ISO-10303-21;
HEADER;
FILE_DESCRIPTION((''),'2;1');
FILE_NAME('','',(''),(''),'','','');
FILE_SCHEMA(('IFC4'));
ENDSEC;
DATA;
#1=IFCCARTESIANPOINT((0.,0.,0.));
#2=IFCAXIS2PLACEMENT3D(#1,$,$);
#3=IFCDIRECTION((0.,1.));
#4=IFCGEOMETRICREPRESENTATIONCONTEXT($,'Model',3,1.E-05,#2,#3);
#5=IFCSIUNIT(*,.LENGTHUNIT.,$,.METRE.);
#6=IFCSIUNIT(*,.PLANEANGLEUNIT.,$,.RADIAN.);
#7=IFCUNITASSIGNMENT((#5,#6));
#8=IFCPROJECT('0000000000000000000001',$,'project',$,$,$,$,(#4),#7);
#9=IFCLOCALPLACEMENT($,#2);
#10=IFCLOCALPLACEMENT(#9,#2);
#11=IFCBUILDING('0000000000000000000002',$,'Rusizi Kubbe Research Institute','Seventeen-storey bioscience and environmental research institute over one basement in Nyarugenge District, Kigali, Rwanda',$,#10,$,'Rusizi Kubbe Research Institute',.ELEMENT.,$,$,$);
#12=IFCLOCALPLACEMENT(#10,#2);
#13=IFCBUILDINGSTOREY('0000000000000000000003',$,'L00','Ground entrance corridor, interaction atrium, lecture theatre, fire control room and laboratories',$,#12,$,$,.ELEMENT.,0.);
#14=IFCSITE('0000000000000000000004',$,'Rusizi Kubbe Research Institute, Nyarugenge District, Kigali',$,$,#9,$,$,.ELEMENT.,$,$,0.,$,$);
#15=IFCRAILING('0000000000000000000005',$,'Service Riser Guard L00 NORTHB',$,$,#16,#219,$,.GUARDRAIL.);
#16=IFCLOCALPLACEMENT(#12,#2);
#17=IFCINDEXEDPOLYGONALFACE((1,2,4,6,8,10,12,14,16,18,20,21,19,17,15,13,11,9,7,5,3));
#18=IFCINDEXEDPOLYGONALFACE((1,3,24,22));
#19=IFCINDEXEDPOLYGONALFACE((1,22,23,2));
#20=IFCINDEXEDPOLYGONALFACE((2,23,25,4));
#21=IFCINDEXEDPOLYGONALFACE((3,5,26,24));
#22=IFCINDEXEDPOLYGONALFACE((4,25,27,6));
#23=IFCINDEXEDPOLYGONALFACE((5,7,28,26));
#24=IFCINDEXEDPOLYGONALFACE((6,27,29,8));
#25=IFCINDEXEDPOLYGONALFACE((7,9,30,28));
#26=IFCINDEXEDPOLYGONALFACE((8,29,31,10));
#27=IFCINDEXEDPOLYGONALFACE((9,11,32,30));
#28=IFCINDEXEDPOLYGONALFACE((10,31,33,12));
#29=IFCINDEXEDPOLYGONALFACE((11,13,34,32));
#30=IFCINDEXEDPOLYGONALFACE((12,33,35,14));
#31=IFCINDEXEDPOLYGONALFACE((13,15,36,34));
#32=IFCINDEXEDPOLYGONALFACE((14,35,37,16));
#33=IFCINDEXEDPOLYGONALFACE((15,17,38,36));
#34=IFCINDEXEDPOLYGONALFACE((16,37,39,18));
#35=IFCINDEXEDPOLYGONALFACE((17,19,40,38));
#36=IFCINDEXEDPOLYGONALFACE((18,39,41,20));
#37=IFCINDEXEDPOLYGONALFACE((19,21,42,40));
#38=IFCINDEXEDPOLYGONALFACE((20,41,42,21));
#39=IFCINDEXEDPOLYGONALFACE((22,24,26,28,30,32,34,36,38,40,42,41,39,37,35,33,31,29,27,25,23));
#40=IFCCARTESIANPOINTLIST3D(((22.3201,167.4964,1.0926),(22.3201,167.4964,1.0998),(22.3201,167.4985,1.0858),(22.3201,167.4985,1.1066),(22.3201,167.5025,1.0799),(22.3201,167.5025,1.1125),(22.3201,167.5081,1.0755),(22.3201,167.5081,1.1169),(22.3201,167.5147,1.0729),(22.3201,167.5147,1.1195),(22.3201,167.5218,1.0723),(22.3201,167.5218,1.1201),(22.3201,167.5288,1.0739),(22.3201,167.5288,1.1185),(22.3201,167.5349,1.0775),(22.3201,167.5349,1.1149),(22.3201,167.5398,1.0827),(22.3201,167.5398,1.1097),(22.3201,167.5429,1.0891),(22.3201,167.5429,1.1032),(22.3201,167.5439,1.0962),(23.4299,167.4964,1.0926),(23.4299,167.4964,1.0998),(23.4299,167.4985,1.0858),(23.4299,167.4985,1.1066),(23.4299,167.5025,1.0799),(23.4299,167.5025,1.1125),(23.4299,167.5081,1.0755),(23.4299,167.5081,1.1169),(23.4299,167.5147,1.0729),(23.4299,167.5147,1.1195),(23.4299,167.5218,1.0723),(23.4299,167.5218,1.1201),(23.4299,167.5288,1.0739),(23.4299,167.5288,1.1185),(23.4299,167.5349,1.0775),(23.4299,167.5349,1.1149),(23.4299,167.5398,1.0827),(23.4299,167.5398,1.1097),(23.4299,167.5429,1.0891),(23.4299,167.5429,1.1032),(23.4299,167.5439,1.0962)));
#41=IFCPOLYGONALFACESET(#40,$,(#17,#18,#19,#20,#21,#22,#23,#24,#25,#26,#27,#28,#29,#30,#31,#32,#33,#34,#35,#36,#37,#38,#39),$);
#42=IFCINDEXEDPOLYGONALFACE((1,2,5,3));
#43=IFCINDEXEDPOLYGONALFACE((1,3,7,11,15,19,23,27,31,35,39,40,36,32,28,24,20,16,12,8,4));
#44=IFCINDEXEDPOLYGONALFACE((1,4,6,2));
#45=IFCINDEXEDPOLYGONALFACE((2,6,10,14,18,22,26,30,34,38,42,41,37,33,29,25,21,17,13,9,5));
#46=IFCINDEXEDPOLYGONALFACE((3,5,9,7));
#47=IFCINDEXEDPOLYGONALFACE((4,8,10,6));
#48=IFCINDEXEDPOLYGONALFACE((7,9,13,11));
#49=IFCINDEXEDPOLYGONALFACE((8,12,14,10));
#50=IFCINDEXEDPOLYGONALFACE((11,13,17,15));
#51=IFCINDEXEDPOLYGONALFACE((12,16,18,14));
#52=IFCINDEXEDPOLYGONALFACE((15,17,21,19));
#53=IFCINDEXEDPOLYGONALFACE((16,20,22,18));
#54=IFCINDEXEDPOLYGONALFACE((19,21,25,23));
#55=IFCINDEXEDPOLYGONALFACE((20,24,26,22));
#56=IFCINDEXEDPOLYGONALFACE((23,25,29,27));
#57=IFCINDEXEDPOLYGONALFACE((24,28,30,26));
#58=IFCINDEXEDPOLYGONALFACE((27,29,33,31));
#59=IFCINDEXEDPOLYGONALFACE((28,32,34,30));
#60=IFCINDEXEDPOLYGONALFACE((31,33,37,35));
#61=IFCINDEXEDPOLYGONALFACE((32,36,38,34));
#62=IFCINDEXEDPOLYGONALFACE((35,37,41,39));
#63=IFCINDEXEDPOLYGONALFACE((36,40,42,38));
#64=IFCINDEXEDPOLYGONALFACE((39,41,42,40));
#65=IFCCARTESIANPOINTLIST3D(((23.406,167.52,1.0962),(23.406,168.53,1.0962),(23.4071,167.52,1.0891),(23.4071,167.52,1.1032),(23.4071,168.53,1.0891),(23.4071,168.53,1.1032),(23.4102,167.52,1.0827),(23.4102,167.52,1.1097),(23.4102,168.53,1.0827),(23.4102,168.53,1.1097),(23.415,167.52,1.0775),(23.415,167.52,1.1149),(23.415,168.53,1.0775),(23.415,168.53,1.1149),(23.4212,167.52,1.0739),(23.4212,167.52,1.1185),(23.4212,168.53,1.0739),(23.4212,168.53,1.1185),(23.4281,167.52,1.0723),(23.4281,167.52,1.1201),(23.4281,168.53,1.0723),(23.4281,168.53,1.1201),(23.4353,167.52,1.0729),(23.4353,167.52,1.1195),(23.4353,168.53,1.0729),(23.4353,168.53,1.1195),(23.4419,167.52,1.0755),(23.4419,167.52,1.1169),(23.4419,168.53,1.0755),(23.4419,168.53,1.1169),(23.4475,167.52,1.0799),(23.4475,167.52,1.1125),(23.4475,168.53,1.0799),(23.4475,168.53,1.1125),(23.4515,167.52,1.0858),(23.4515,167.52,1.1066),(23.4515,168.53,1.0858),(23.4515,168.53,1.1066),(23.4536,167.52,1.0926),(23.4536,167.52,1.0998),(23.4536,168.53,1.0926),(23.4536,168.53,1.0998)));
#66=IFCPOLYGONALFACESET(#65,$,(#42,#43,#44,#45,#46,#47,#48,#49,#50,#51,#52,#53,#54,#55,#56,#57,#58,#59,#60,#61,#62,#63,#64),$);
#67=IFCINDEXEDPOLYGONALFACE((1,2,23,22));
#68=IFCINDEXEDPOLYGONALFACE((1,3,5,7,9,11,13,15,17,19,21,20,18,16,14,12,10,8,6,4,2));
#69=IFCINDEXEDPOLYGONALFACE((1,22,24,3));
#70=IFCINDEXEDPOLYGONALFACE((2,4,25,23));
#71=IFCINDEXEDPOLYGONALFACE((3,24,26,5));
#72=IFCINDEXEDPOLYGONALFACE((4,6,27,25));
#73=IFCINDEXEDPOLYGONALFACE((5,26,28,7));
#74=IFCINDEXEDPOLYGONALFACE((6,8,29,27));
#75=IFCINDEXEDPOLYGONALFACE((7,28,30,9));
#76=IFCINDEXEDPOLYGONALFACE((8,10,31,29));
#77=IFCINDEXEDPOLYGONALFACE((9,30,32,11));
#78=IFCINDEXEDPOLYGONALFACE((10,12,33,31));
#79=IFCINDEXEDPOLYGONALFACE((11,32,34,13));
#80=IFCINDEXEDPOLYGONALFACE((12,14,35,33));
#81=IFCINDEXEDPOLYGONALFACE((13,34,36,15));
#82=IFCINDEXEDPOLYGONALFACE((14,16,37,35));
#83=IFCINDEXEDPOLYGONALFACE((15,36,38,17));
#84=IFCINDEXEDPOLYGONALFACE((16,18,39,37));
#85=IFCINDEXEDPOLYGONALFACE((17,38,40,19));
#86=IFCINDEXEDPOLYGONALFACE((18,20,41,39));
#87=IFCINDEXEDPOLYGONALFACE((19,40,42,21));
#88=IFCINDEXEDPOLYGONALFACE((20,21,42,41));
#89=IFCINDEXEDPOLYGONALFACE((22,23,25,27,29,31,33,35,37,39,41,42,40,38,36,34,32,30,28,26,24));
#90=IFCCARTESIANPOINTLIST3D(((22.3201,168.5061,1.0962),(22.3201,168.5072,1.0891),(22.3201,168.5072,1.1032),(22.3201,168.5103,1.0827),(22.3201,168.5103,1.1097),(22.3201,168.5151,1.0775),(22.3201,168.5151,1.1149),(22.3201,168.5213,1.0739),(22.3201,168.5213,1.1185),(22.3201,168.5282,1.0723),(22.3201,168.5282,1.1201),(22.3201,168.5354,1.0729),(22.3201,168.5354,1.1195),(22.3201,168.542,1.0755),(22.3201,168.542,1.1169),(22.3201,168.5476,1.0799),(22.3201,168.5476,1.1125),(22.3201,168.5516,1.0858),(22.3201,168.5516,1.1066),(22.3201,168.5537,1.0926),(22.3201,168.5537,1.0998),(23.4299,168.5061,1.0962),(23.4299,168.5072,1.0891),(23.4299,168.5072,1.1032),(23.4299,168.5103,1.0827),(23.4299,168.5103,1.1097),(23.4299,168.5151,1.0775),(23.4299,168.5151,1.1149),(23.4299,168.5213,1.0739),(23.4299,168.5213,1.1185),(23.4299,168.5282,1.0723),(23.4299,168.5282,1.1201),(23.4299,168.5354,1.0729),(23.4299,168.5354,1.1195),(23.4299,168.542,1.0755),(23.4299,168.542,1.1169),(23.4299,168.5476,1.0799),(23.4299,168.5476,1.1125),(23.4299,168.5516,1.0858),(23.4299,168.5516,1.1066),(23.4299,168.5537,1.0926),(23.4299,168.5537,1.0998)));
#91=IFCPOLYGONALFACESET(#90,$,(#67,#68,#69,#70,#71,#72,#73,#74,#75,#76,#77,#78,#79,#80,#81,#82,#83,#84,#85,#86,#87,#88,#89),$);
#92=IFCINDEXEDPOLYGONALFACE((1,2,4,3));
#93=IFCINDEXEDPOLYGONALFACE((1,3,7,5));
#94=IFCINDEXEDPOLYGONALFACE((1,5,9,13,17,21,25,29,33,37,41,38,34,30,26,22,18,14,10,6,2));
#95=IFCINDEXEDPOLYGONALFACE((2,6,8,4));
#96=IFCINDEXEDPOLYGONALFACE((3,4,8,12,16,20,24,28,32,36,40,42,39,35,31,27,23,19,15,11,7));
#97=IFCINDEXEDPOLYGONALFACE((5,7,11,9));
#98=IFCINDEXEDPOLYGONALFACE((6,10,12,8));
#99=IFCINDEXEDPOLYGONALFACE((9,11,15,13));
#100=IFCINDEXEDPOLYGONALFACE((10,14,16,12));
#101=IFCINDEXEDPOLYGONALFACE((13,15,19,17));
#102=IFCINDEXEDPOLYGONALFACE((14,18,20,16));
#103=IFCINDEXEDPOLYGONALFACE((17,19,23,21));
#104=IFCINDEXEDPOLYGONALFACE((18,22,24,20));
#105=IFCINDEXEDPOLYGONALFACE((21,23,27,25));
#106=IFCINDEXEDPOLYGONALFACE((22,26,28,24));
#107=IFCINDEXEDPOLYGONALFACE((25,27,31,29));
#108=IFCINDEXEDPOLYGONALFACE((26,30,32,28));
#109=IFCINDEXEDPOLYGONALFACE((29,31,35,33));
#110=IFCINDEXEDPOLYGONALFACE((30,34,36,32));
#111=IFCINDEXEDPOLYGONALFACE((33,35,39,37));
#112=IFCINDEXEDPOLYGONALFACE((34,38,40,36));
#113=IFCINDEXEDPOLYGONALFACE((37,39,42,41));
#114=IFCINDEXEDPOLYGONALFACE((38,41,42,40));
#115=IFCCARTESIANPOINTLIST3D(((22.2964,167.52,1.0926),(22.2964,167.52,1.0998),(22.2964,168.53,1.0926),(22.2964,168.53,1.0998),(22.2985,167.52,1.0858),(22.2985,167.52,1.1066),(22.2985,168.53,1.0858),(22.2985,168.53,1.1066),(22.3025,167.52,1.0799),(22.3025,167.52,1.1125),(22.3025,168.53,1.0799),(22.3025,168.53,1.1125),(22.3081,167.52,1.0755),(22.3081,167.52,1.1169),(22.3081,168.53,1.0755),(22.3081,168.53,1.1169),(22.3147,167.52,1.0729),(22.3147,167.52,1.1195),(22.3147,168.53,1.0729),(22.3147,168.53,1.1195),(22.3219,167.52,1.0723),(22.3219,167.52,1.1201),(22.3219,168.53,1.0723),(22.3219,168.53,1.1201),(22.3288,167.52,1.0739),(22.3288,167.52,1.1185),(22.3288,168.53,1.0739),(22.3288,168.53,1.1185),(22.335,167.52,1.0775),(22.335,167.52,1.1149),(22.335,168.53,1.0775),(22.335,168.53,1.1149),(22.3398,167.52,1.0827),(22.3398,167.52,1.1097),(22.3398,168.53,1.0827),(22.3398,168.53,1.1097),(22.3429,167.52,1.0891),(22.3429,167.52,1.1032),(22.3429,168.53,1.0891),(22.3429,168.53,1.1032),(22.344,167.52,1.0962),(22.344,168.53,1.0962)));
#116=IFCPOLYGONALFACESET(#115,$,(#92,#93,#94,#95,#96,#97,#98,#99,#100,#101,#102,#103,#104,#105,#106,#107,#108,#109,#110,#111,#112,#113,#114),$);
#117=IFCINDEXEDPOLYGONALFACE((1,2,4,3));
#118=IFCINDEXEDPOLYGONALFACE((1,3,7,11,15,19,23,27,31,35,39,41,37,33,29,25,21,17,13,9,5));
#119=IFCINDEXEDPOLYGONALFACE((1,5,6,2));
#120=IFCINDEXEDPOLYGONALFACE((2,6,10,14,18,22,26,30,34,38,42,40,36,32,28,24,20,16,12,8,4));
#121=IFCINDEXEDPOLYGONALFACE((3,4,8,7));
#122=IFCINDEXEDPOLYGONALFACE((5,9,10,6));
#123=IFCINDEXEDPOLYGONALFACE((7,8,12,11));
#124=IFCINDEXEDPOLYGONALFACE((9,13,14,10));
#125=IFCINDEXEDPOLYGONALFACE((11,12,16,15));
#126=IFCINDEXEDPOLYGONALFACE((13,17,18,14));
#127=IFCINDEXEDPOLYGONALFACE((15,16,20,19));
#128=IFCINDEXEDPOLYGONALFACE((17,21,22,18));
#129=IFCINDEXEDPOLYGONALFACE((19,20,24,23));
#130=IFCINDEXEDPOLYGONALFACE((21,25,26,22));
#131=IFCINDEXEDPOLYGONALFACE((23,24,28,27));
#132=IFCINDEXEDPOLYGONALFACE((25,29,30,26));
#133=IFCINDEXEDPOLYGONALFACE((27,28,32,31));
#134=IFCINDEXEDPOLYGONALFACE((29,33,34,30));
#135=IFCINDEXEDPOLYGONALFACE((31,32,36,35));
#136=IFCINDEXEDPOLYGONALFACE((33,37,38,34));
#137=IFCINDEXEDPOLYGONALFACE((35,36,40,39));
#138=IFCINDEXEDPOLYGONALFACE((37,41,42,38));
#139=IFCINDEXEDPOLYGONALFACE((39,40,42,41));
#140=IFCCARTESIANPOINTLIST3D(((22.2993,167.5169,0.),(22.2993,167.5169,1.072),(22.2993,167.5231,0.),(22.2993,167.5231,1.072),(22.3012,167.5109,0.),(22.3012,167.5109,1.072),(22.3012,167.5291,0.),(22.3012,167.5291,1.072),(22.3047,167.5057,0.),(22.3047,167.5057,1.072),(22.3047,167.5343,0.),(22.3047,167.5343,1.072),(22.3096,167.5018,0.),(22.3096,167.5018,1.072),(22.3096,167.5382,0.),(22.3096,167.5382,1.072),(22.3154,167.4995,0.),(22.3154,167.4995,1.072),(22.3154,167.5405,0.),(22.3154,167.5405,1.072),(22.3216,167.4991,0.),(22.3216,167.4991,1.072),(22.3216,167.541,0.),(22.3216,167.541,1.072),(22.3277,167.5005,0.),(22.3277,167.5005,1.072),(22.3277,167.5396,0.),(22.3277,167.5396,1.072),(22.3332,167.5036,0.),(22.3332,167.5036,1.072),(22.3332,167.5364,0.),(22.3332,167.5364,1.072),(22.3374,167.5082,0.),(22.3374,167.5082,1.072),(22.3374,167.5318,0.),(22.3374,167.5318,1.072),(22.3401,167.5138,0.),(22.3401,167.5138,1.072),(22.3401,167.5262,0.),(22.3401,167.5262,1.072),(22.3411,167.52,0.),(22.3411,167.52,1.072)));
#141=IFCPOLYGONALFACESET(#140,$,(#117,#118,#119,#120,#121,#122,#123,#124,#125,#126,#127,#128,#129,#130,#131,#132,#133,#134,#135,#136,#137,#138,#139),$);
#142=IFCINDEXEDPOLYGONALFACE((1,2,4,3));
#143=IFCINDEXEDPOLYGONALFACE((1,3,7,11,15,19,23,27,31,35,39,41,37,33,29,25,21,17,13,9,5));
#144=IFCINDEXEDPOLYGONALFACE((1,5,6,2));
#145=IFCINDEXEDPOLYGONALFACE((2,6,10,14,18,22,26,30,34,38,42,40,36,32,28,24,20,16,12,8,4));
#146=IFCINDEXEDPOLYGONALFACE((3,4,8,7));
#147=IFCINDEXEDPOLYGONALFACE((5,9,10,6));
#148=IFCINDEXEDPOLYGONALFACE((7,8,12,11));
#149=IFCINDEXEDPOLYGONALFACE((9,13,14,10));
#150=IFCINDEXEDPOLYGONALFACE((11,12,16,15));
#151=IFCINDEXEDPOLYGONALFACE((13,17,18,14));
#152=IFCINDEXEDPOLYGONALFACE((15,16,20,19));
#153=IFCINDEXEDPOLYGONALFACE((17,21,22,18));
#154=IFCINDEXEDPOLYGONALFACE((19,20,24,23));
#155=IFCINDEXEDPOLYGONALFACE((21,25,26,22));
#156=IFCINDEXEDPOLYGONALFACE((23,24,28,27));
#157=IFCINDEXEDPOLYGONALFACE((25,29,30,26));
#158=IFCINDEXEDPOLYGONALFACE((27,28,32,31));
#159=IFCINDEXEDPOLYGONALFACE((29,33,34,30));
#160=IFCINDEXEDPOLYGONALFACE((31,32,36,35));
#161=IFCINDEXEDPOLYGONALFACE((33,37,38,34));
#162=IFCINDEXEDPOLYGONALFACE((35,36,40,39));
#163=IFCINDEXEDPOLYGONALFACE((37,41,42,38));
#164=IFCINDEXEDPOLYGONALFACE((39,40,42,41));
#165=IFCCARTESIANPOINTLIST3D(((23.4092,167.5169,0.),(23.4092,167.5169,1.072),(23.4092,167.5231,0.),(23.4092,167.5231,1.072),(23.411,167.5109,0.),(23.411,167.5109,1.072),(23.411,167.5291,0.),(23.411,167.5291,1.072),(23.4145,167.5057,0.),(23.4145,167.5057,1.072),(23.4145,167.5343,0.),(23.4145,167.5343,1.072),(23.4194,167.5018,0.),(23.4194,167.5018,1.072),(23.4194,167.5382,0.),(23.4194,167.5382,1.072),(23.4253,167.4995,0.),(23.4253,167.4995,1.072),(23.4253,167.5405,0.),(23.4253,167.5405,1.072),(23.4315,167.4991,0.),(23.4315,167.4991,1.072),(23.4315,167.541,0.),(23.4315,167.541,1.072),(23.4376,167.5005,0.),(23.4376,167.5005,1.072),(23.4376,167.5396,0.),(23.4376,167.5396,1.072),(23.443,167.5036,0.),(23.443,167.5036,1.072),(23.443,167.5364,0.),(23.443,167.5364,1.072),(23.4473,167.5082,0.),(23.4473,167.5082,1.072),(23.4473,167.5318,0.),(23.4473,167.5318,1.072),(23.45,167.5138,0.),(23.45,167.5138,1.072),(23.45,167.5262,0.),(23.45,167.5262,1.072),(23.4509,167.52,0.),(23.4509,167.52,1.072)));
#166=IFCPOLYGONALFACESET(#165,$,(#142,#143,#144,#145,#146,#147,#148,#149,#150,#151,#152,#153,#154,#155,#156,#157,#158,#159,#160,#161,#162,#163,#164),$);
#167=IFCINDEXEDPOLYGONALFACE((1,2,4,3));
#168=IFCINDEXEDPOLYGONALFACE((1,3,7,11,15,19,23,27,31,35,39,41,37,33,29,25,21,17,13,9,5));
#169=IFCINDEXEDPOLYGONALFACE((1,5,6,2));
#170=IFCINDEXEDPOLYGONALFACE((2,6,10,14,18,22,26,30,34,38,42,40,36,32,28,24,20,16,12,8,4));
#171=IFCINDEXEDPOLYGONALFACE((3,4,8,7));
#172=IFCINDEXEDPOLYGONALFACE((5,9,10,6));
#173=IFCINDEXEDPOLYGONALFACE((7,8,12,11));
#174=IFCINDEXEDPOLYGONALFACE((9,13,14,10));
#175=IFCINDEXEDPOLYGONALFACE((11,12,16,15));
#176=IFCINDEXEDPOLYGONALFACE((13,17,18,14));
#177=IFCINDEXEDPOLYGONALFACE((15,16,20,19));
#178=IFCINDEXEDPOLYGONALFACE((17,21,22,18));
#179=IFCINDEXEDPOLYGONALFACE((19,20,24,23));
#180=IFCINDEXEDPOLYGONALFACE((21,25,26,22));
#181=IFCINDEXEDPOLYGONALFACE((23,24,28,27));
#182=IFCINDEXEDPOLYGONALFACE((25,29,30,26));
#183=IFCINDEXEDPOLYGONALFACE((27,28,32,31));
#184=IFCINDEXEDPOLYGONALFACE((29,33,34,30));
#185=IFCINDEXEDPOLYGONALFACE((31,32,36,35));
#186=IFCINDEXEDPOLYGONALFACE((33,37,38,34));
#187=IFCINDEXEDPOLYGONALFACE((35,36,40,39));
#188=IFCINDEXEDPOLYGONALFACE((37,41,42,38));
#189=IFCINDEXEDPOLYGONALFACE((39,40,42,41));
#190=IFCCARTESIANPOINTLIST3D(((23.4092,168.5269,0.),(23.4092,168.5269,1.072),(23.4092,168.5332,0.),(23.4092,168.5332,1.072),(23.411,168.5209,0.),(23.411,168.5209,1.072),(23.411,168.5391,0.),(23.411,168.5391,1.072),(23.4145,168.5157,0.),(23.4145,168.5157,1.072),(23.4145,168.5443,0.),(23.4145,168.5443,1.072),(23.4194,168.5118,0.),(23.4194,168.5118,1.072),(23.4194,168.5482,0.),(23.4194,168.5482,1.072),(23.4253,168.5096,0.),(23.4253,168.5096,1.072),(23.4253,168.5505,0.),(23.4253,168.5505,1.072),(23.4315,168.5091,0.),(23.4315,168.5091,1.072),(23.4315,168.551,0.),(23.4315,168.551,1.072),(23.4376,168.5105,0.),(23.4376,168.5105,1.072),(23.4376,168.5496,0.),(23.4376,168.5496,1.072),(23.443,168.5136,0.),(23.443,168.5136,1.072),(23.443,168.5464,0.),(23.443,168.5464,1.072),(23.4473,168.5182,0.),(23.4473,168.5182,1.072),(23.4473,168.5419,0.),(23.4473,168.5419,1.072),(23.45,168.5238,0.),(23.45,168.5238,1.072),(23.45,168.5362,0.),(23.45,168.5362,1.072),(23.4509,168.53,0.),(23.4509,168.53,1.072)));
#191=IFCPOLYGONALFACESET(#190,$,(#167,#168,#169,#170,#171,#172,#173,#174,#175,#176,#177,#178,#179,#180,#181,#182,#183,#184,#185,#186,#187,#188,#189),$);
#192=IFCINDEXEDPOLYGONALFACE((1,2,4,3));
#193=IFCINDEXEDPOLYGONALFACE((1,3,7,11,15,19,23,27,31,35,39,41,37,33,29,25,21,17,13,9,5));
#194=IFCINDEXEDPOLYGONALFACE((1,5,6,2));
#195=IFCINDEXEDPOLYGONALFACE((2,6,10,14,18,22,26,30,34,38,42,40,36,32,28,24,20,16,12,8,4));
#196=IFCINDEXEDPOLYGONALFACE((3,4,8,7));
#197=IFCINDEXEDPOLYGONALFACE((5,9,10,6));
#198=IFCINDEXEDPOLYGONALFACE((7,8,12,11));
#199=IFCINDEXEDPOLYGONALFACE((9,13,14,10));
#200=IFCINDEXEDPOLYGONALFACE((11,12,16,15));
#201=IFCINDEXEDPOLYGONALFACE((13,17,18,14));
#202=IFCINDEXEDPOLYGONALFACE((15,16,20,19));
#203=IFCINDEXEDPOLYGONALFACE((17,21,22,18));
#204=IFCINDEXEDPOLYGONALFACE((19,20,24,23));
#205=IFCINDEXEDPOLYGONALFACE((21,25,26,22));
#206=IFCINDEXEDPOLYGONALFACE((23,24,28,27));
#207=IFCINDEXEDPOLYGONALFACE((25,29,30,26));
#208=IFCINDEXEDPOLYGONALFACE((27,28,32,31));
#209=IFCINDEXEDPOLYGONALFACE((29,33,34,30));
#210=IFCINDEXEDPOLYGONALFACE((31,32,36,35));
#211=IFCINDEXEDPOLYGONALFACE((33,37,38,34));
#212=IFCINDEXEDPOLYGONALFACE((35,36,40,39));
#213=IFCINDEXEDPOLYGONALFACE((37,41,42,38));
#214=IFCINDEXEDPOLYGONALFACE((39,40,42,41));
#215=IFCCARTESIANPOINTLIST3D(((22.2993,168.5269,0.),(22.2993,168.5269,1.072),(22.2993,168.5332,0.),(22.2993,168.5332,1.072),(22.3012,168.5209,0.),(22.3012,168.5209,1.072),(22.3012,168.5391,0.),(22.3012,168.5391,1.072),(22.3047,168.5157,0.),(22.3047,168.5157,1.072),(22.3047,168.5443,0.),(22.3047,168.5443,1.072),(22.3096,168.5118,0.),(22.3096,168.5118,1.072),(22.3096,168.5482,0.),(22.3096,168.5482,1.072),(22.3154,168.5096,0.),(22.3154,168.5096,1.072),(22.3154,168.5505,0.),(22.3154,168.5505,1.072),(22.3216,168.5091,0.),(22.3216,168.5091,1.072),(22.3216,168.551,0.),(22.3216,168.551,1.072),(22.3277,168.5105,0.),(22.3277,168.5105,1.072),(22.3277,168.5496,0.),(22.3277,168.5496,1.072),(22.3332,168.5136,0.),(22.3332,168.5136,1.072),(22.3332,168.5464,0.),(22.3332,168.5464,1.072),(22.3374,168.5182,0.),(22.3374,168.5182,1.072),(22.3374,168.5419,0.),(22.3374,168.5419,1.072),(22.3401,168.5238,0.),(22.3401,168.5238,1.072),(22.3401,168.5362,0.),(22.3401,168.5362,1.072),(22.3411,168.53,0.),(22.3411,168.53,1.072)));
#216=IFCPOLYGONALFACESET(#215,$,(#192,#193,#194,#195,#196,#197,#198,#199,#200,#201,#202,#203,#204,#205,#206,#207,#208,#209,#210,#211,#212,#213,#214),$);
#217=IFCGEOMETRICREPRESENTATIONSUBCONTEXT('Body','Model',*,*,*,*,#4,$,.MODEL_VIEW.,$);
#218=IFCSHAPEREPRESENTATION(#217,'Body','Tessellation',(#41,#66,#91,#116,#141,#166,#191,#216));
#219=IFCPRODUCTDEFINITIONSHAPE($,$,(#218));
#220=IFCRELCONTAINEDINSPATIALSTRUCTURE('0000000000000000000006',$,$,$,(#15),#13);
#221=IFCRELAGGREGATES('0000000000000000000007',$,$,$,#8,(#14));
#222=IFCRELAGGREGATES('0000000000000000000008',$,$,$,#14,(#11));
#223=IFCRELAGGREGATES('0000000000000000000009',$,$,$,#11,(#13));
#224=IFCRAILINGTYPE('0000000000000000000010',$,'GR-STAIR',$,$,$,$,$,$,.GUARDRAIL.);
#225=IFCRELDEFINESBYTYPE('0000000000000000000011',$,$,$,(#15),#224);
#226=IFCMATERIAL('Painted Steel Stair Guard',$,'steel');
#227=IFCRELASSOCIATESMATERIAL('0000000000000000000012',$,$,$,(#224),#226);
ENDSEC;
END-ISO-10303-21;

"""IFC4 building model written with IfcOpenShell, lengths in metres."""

from ifc_helpers import new_model, si_unit, direction, frame, origin, origin_2d, place, context, subcontext, project, spatial, circle, extrude, material, type_object, element, save


model = new_model("IFC4")

# Units and contexts
model_context = context("Model", 3, precision=1e-05, world=origin(), true_north=direction((0.0, 1.0)))
body_context = subcontext(model_context, "Body", "Model", "MODEL_VIEW")
ifc_project = project(units=[si_unit("LENGTHUNIT", "METRE"), si_unit("PLANEANGLEUNIT", "RADIAN")], contexts=[model_context])

# Site, building, storey
site_placement = place(None, origin())
site = spatial("IfcSite", under=ifc_project, at=site_placement, Name="Rusizi Kubbe Research Institute, Nyarugenge District, Kigali", CompositionType="ELEMENT", RefElevation=0.0)
building_placement = place(site_placement, origin())
building = spatial("IfcBuilding", under=site, at=building_placement, Name="Rusizi Kubbe Research Institute", Description="Seventeen-storey bioscience and environmental research institute over one basement in Nyarugenge District, Kigali, Rwanda", LongName="Rusizi Kubbe Research Institute", CompositionType="ELEMENT")
storey_placement = place(building_placement, origin())
storey = spatial("IfcBuildingStorey", under=building, at=storey_placement, Name="L00", Description="Ground entrance corridor, interaction atrium, lecture theatre, fire control room and laboratories", CompositionType="ELEMENT", Elevation=0.0)

# Railing
ifc_material_1 = material(Name="Painted Steel Stair Guard", Category="steel")
railing_type = type_object("IfcRailingType", Name="GR-STAIR", PredefinedType="GUARDRAIL", material=ifc_material_1)
railing_placement = place(storey_placement, frame((22.3201, 167.52, 0.0)))
element("IfcRailing", 1, at=railing_placement, inside=storey, type_object=railing_type, Name="Service Riser Guard L00 NORTHB", PredefinedType="GUARDRAIL", context=body_context, shape_type="SweptSolid", body=[
    extrude(circle(Radius=0.0239, at=origin_2d()), frame((0.0, 0.0, 1.0962), z_axis=(1.0, 0.0, 0.0), x_axis=(0.0, 1.0, 0.0)), (0.0, 0.0, 1.0), 1.1099),
    extrude(circle(Radius=0.0239, at=origin_2d()), frame((1.1099, 0.0, 1.0962), z_axis=(0.0, 1.0, 0.0), x_axis=(-1.0, 0.0, 0.0)), (0.0, 0.0, 1.0), 1.01),
    extrude(circle(Radius=0.0239, at=origin_2d()), frame((1.1099, 1.01, 1.0962), z_axis=(-1.0, 0.0, 0.0), x_axis=(0.0, -1.0, 0.0)), (0.0, 0.0, 1.0), 1.1099),
    extrude(circle(Radius=0.0239, at=origin_2d()), frame((0.0, 1.01, 1.0962), z_axis=(0.0, -1.0, 0.0), x_axis=(1.0, 0.0, 0.0)), (0.0, 0.0, 1.0), 1.01),
    extrude(circle(Radius=0.021, at=origin_2d()), origin(), (0.0, 0.0, 1.0), 1.072),
    extrude(circle(Radius=0.021, at=origin_2d()), frame((1.1099, 0.0, 0.0)), (0.0, 0.0, 1.0), 1.072),
    extrude(circle(Radius=0.021, at=origin_2d()), frame((1.1099, 1.01, 0.0)), (0.0, 0.0, 1.0), 1.072),
    extrude(circle(Radius=0.021, at=origin_2d()), frame((0.0, 1.01, 0.0)), (0.0, 0.0, 1.0), 1.072),
])

save(model, "model.ifc")
